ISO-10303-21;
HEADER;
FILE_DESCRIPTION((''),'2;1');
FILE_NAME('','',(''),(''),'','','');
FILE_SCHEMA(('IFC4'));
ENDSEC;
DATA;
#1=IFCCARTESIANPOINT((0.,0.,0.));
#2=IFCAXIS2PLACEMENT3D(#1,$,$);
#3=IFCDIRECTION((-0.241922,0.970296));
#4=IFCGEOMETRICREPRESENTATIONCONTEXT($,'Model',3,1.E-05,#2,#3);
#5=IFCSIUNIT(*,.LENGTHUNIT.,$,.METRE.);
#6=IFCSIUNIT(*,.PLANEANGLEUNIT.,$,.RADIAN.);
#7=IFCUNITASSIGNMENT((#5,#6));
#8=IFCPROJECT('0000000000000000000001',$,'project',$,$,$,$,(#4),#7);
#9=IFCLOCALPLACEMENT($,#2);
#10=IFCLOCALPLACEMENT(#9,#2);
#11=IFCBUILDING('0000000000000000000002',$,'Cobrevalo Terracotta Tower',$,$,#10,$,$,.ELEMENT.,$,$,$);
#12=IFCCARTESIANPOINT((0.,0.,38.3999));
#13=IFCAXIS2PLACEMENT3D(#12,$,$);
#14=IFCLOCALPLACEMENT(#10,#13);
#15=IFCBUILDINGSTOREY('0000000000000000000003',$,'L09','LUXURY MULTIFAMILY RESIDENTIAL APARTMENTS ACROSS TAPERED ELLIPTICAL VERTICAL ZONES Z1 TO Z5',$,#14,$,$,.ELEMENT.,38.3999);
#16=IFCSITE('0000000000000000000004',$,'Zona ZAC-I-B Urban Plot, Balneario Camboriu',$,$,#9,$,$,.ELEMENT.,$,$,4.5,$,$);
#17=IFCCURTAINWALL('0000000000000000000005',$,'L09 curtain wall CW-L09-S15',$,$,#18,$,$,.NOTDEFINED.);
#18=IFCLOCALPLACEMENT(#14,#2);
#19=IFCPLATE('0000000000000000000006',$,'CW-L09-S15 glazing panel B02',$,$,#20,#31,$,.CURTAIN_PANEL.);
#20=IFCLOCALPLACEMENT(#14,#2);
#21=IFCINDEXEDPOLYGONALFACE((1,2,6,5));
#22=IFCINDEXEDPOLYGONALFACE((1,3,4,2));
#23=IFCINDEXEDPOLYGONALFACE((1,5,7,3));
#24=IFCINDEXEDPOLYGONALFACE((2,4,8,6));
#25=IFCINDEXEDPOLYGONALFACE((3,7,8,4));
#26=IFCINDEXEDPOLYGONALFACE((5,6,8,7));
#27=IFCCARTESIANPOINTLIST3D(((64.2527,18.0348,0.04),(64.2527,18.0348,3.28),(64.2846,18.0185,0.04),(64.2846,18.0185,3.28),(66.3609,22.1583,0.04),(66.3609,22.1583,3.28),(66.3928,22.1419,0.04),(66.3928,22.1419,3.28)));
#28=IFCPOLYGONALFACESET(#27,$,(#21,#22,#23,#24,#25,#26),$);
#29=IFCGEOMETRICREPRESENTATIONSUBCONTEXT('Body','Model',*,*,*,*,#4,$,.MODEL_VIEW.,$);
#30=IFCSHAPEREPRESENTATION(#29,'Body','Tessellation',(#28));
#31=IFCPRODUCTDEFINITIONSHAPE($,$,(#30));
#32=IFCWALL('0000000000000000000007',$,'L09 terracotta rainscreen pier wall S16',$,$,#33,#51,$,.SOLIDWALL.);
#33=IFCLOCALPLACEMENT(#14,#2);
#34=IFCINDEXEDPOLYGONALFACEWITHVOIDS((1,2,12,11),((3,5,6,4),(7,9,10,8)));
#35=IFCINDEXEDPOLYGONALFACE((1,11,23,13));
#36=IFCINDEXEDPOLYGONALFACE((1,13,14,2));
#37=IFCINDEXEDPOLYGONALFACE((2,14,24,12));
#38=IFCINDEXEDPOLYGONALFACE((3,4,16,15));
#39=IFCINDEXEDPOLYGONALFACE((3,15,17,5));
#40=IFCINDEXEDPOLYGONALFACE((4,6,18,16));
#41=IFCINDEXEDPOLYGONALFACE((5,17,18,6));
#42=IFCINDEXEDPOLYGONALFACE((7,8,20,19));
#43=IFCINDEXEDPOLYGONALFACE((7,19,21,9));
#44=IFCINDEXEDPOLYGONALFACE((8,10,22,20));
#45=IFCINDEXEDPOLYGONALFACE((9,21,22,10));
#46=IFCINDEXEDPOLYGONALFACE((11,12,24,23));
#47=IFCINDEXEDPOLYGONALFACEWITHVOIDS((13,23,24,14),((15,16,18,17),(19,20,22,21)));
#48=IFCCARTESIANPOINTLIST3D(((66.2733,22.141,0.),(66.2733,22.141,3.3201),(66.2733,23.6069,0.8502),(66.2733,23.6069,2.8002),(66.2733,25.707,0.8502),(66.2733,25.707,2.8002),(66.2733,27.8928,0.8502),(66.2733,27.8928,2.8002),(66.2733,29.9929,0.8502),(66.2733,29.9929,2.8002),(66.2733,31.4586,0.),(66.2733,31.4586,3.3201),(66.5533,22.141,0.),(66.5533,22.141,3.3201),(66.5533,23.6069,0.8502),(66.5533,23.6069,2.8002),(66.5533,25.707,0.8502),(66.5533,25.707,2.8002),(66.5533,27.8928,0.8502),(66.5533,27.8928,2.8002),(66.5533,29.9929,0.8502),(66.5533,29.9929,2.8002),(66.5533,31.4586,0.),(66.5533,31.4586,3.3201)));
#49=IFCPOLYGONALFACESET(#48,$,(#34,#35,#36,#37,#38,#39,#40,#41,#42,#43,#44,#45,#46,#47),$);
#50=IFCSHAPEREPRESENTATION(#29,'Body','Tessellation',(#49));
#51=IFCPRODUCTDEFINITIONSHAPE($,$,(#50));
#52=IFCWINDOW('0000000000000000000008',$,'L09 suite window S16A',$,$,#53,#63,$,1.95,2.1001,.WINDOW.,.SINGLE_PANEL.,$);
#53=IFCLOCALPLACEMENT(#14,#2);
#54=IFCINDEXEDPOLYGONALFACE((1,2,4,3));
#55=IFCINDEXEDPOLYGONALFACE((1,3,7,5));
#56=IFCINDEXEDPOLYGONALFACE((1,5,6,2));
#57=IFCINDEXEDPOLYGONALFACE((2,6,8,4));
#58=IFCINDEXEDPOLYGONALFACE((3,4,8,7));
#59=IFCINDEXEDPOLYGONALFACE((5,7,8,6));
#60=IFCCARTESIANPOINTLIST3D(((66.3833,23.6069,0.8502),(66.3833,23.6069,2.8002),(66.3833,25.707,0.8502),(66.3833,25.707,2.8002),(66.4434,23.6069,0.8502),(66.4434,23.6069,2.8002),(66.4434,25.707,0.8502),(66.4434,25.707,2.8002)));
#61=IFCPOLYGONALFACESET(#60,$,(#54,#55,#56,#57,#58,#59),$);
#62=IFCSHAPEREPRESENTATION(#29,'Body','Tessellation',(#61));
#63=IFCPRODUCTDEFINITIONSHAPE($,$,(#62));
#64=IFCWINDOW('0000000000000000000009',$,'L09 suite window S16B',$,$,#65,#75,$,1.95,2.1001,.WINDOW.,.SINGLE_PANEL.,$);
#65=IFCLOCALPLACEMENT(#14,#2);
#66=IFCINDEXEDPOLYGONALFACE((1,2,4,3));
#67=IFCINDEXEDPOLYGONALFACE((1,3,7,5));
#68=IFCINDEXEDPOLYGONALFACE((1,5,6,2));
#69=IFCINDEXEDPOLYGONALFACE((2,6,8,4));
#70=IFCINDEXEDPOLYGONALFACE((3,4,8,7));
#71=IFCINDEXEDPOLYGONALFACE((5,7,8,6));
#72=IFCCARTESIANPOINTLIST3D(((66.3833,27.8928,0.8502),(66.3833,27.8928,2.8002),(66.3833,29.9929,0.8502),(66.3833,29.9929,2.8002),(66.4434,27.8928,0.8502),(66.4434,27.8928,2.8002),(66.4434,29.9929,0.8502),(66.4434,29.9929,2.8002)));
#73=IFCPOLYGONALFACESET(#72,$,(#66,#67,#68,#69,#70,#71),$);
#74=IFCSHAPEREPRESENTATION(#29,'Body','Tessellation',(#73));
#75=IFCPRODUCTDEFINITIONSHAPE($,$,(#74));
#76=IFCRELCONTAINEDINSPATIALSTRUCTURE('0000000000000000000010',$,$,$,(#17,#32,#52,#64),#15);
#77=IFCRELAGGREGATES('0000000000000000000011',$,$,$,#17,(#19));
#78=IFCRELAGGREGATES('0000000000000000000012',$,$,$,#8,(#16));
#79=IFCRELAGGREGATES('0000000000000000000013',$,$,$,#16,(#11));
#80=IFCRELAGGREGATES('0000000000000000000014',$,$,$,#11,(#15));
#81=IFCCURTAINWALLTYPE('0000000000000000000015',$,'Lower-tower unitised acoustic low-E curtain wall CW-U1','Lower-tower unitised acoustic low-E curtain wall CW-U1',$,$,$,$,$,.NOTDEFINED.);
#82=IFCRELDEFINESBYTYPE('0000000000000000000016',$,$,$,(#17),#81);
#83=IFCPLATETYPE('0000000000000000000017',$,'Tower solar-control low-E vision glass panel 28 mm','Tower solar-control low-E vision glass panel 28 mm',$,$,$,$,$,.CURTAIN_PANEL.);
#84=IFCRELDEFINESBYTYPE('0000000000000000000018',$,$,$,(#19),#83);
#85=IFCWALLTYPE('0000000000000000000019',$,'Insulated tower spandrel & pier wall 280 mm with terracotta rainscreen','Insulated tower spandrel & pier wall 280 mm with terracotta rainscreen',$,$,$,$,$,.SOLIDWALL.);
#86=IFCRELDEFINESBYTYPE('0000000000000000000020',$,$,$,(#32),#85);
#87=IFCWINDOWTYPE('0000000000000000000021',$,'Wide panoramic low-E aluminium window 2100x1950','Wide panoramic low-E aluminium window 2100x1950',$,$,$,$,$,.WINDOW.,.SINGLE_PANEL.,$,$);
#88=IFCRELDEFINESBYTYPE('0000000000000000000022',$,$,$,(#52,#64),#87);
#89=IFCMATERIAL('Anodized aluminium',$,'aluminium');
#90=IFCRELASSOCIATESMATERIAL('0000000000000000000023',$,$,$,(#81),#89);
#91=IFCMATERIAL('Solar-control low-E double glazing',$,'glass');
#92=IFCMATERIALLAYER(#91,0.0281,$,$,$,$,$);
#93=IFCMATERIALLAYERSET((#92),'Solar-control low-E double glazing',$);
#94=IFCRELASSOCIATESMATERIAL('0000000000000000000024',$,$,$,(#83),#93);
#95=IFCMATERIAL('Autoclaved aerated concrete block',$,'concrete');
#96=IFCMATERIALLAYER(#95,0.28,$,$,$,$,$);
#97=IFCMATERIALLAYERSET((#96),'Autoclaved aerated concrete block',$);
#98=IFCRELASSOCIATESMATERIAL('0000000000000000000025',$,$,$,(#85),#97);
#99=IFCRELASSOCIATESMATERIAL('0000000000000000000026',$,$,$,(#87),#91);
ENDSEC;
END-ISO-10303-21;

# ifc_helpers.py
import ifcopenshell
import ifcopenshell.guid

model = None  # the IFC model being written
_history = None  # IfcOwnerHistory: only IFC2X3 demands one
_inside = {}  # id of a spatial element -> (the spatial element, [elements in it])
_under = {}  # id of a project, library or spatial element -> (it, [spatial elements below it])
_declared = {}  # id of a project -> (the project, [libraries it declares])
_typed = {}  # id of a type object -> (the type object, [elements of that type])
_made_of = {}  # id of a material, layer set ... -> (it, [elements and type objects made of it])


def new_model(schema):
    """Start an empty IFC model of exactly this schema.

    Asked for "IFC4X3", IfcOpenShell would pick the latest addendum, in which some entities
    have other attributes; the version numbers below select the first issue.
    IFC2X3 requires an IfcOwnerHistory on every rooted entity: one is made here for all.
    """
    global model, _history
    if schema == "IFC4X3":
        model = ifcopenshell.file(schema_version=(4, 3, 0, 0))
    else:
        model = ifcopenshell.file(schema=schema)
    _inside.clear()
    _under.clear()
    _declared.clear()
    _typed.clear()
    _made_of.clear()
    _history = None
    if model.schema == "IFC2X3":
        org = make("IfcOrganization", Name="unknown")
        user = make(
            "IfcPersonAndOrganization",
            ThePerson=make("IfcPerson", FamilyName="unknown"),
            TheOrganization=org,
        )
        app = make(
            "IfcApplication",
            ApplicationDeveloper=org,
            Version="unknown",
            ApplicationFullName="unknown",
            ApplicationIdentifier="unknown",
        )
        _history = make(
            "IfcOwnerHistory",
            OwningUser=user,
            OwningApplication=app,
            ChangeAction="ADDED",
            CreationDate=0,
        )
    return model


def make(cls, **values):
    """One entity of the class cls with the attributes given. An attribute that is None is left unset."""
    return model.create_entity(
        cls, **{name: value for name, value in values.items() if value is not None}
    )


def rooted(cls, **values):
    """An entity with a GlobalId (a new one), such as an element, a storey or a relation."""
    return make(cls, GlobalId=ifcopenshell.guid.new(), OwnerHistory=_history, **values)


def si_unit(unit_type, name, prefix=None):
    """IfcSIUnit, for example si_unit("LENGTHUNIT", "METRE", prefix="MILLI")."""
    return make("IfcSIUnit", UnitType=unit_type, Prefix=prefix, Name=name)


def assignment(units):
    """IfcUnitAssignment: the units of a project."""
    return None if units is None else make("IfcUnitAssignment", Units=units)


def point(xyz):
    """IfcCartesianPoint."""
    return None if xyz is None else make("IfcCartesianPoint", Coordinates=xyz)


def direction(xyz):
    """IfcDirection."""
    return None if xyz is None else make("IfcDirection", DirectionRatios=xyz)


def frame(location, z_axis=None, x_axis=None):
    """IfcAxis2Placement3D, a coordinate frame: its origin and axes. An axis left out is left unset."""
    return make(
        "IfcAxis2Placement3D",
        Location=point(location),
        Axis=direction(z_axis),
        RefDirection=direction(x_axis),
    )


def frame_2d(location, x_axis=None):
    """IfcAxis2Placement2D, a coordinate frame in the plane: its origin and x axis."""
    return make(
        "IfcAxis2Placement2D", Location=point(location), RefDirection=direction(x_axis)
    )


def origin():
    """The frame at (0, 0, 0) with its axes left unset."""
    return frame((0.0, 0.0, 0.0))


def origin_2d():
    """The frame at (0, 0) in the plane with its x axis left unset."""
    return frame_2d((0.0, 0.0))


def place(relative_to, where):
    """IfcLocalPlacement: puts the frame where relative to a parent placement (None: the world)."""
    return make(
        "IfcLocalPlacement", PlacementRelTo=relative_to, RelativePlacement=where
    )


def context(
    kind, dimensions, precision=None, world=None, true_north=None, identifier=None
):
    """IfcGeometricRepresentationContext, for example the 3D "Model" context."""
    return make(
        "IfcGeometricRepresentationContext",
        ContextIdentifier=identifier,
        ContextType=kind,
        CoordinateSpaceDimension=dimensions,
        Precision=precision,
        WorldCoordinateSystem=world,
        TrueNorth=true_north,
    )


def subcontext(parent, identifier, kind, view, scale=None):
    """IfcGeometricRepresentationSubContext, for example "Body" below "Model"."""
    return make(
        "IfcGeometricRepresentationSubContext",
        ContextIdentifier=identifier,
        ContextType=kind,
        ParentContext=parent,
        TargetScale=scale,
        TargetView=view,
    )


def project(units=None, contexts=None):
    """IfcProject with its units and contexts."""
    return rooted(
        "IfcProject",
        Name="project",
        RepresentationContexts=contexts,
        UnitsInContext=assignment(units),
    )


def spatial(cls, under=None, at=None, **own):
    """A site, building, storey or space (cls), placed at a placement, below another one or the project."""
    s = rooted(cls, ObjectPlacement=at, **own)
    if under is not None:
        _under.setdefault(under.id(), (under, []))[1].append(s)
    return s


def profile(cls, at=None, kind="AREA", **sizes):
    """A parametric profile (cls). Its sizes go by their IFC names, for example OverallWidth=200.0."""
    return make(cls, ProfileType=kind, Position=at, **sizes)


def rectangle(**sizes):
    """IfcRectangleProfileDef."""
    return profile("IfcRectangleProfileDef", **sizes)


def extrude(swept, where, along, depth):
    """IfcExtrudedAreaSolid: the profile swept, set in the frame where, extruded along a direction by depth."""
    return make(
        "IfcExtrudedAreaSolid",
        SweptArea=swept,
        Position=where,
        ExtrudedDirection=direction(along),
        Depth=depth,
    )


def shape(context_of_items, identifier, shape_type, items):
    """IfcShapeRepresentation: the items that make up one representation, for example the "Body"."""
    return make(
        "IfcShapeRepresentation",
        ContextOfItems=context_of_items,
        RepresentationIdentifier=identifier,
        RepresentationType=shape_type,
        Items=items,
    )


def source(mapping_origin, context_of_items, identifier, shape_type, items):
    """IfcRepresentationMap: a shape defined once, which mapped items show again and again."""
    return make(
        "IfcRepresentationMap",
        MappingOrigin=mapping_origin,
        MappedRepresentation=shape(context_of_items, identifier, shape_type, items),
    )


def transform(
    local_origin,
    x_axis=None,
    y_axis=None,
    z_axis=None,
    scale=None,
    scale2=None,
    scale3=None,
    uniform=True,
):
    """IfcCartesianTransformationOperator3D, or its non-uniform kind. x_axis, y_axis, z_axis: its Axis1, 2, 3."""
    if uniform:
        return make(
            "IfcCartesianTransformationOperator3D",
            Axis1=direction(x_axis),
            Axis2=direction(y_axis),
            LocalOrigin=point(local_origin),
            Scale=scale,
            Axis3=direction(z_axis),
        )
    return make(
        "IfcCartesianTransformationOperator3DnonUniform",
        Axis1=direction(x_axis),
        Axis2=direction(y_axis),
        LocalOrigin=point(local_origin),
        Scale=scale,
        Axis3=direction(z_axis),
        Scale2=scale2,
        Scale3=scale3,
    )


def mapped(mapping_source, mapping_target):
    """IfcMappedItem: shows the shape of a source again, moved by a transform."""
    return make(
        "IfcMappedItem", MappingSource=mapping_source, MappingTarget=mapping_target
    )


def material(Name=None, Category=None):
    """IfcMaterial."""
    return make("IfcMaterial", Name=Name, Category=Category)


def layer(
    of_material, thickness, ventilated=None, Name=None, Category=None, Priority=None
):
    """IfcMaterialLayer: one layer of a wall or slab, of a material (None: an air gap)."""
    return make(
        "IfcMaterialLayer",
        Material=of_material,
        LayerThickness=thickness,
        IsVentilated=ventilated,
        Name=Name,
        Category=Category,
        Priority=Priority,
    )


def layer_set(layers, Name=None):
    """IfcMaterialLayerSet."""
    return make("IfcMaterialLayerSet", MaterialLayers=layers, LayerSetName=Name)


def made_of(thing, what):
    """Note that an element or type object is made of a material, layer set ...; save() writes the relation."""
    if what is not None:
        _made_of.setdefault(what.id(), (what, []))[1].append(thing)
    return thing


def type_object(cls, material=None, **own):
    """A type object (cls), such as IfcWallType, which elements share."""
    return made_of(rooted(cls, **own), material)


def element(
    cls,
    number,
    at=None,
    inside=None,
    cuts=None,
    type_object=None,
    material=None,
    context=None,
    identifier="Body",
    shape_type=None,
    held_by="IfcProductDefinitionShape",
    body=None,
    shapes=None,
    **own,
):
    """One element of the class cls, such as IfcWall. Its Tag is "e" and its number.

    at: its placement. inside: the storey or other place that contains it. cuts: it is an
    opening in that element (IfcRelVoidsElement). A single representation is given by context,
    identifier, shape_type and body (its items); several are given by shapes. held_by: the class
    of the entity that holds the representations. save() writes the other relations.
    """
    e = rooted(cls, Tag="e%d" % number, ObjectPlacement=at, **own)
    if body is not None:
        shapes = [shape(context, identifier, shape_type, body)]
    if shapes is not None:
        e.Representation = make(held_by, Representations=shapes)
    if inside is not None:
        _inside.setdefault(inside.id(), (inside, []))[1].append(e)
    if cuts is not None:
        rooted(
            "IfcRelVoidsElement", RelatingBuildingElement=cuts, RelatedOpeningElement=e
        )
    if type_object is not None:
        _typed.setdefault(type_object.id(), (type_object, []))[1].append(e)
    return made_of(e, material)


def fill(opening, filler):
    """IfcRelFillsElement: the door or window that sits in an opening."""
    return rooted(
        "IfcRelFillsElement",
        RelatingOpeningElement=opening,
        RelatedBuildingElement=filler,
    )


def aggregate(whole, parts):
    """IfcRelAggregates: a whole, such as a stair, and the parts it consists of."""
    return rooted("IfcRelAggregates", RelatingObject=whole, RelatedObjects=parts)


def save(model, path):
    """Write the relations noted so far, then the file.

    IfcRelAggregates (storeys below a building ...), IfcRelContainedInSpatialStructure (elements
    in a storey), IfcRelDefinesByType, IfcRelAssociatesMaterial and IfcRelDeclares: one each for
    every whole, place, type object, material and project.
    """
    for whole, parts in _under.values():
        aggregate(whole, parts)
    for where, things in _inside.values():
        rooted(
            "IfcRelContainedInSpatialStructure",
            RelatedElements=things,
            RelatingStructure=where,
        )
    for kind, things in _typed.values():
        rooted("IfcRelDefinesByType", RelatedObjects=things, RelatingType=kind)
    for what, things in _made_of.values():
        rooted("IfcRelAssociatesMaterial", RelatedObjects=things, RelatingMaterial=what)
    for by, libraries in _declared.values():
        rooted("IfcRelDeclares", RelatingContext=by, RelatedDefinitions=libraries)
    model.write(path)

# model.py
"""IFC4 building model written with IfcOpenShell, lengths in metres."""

from ifc_helpers import new_model, si_unit, direction, frame, frame_2d, origin, origin_2d, place, context, subcontext, project, spatial, rectangle, extrude, source, transform, mapped, material, layer, layer_set, type_object, element, fill, aggregate, save


model = new_model("IFC4")

# Units and contexts
model_context = context("Model", 3, precision=1e-05, world=origin(), true_north=direction((-0.241922, 0.970296)))
body_context = subcontext(model_context, "Body", "Model", "MODEL_VIEW")
ifc_project = project(units=[si_unit("LENGTHUNIT", "METRE"), si_unit("PLANEANGLEUNIT", "RADIAN")], contexts=[model_context])

# Site, building, storey
site_placement = place(None, origin())
site = spatial("IfcSite", under=ifc_project, at=site_placement, Name="Zona ZAC-I-B Urban Plot, Balneario Camboriu", CompositionType="ELEMENT", RefElevation=4.5)
building_placement = place(site_placement, origin())
building = spatial("IfcBuilding", under=site, at=building_placement, Name="Cobrevalo Terracotta Tower", CompositionType="ELEMENT")
storey_placement = place(building_placement, frame((0.0, 0.0, 38.3999)))
storey = spatial("IfcBuildingStorey", under=building, at=storey_placement, Name="L09", Description="LUXURY MULTIFAMILY RESIDENTIAL APARTMENTS ACROSS TAPERED ELLIPTICAL VERTICAL ZONES Z1 TO Z5", CompositionType="ELEMENT", Elevation=38.3999)

# Shared definitions
ifc_material_1 = material(Name="Anodized aluminium", Category="aluminium")
curtain_wall_type = type_object("IfcCurtainWallType", Name="Lower-tower unitised acoustic low-E curtain wall CW-U1", Description="Lower-tower unitised acoustic low-E curtain wall CW-U1", PredefinedType="NOTDEFINED", material=ifc_material_1)

# Curtain wall
curtain_wall_1_placement = place(storey_placement, origin())
curtain_wall_1 = element("IfcCurtainWall", 1, at=curtain_wall_1_placement, inside=storey, type_object=curtain_wall_type, Name="L09 curtain wall CW-L09-S15", PredefinedType="NOTDEFINED")

# Plate
ifc_material_2 = material(Name="Solar-control low-E double glazing", Category="glass")
ifc_layer_1 = layer(ifc_material_2, 0.0281)
ifc_layer_set_1 = layer_set([ifc_layer_1], Name="Solar-control low-E double glazing")
plate_type = type_object("IfcPlateType", Name="Tower solar-control low-E vision glass panel 28 mm", Description="Tower solar-control low-E vision glass panel 28 mm", PredefinedType="CURTAIN_PANEL", material=ifc_layer_set_1)
shared_shape_1 = source(origin(), body_context, "Body", "SweptSolid", [
    extrude(rectangle(XDim=4.6311, YDim=0.0359, at=origin_2d()), origin(), (0.0, 0.0, 1.0), 3.24),
])
plate_1_placement = place(storey_placement, frame((65.3228, 20.0884, 0.04), z_axis=(0.0, 0.0, 1.0), x_axis=(0.455231, 0.890373, 0.0)))
plate_1 = element("IfcPlate", 2, at=plate_1_placement, type_object=plate_type, Name="CW-L09-S15 glazing panel B02", PredefinedType="CURTAIN_PANEL", context=body_context, shape_type="MappedRepresentation", body=[
    mapped(shared_shape_1, transform((0.0, 0.0, 0.0), scale=1.0)),
])
aggregate(curtain_wall_1, [plate_1])

# Wall, openings, windows
ifc_material_3 = material(Name="Autoclaved aerated concrete block", Category="concrete")
ifc_layer_2 = layer(ifc_material_3, 0.28)
ifc_layer_set_2 = layer_set([ifc_layer_2], Name="Autoclaved aerated concrete block")
wall_type = type_object("IfcWallType", Name="Insulated tower spandrel & pier wall 280 mm with terracotta rainscreen", Description="Insulated tower spandrel & pier wall 280 mm with terracotta rainscreen", PredefinedType="SOLIDWALL", material=ifc_layer_set_2)
wall_placement = place(storey_placement, frame((66.4133, 22.1411, 0.0), z_axis=(0.0, 0.0, 1.0), x_axis=(0.0, 1.0, 0.0)))
wall = element("IfcWall", 3, at=wall_placement, inside=storey, type_object=wall_type, Name="L09 terracotta rainscreen pier wall S16", PredefinedType="SOLIDWALL", context=body_context, shape_type="SweptSolid", body=[
    extrude(rectangle(XDim=9.3176, YDim=0.28, at=frame_2d((4.6587, 0.0))), origin(), (0.0, 0.0, 1.0), 3.3201),
])
opening_1_placement = place(wall_placement, frame((1.4658, 0.0, 0.8501)))
opening_1 = element("IfcOpeningElement", 4, at=opening_1_placement, cuts=wall, PredefinedType="OPENING", context=body_context, shape_type="SweptSolid", body=[
    extrude(rectangle(XDim=2.1001, YDim=1.95, at=frame_2d((1.05, 0.9751))), frame((0.0, 0.1499, 0.0), z_axis=(0.0, -1.0, 0.0), x_axis=(1.0, 0.0, 0.0)), (0.0, 0.0, 1.0), 0.3),
])
opening_2_placement = place(wall_placement, frame((5.7517, 0.0, 0.8501)))
opening_2 = element("IfcOpeningElement", 5, at=opening_2_placement, cuts=wall, PredefinedType="OPENING", context=body_context, shape_type="SweptSolid", body=[
    extrude(rectangle(XDim=2.1001, YDim=1.95, at=frame_2d((1.05, 0.9751))), frame((0.0, 0.1499, 0.0), z_axis=(0.0, -1.0, 0.0), x_axis=(1.0, 0.0, 0.0)), (0.0, 0.0, 1.0), 0.3),
])
window_type = type_object("IfcWindowType", Name="Wide panoramic low-E aluminium window 2100x1950", Description="Wide panoramic low-E aluminium window 2100x1950", PartitioningType="SINGLE_PANEL", PredefinedType="WINDOW", material=ifc_material_2)
shared_shape_2 = source(origin(), body_context, "Body", "SweptSolid", [
    extrude(rectangle(XDim=2.1001, YDim=1.95, at=frame_2d((1.05, 0.9751))), frame((0.0, 0.03, 0.0), z_axis=(0.0, -1.0, 0.0), x_axis=(1.0, 0.0, 0.0)), (0.0, 0.0, 1.0), 0.0601),
])
window_1_placement = place(opening_1_placement, origin())
window_1 = element("IfcWindow", 6, at=window_1_placement, inside=storey, type_object=window_type, Name="L09 suite window S16A", OverallHeight=1.95, OverallWidth=2.1001, PartitioningType="SINGLE_PANEL", PredefinedType="WINDOW", context=body_context, shape_type="MappedRepresentation", body=[
    mapped(shared_shape_2, transform((0.0, 0.0, 0.0), scale=1.0)),
])
fill(opening_1, window_1)
window_2_placement = place(opening_2_placement, origin())
window_2 = element("IfcWindow", 7, at=window_2_placement, inside=storey, type_object=window_type, Name="L09 suite window S16B", OverallHeight=1.95, OverallWidth=2.1001, PartitioningType="SINGLE_PANEL", PredefinedType="WINDOW", context=body_context, shape_type="MappedRepresentation", body=[
    mapped(shared_shape_2, transform((0.0, 0.0, 0.0), scale=1.0)),
])
fill(opening_2, window_2)

save(model, "model.ifc")
